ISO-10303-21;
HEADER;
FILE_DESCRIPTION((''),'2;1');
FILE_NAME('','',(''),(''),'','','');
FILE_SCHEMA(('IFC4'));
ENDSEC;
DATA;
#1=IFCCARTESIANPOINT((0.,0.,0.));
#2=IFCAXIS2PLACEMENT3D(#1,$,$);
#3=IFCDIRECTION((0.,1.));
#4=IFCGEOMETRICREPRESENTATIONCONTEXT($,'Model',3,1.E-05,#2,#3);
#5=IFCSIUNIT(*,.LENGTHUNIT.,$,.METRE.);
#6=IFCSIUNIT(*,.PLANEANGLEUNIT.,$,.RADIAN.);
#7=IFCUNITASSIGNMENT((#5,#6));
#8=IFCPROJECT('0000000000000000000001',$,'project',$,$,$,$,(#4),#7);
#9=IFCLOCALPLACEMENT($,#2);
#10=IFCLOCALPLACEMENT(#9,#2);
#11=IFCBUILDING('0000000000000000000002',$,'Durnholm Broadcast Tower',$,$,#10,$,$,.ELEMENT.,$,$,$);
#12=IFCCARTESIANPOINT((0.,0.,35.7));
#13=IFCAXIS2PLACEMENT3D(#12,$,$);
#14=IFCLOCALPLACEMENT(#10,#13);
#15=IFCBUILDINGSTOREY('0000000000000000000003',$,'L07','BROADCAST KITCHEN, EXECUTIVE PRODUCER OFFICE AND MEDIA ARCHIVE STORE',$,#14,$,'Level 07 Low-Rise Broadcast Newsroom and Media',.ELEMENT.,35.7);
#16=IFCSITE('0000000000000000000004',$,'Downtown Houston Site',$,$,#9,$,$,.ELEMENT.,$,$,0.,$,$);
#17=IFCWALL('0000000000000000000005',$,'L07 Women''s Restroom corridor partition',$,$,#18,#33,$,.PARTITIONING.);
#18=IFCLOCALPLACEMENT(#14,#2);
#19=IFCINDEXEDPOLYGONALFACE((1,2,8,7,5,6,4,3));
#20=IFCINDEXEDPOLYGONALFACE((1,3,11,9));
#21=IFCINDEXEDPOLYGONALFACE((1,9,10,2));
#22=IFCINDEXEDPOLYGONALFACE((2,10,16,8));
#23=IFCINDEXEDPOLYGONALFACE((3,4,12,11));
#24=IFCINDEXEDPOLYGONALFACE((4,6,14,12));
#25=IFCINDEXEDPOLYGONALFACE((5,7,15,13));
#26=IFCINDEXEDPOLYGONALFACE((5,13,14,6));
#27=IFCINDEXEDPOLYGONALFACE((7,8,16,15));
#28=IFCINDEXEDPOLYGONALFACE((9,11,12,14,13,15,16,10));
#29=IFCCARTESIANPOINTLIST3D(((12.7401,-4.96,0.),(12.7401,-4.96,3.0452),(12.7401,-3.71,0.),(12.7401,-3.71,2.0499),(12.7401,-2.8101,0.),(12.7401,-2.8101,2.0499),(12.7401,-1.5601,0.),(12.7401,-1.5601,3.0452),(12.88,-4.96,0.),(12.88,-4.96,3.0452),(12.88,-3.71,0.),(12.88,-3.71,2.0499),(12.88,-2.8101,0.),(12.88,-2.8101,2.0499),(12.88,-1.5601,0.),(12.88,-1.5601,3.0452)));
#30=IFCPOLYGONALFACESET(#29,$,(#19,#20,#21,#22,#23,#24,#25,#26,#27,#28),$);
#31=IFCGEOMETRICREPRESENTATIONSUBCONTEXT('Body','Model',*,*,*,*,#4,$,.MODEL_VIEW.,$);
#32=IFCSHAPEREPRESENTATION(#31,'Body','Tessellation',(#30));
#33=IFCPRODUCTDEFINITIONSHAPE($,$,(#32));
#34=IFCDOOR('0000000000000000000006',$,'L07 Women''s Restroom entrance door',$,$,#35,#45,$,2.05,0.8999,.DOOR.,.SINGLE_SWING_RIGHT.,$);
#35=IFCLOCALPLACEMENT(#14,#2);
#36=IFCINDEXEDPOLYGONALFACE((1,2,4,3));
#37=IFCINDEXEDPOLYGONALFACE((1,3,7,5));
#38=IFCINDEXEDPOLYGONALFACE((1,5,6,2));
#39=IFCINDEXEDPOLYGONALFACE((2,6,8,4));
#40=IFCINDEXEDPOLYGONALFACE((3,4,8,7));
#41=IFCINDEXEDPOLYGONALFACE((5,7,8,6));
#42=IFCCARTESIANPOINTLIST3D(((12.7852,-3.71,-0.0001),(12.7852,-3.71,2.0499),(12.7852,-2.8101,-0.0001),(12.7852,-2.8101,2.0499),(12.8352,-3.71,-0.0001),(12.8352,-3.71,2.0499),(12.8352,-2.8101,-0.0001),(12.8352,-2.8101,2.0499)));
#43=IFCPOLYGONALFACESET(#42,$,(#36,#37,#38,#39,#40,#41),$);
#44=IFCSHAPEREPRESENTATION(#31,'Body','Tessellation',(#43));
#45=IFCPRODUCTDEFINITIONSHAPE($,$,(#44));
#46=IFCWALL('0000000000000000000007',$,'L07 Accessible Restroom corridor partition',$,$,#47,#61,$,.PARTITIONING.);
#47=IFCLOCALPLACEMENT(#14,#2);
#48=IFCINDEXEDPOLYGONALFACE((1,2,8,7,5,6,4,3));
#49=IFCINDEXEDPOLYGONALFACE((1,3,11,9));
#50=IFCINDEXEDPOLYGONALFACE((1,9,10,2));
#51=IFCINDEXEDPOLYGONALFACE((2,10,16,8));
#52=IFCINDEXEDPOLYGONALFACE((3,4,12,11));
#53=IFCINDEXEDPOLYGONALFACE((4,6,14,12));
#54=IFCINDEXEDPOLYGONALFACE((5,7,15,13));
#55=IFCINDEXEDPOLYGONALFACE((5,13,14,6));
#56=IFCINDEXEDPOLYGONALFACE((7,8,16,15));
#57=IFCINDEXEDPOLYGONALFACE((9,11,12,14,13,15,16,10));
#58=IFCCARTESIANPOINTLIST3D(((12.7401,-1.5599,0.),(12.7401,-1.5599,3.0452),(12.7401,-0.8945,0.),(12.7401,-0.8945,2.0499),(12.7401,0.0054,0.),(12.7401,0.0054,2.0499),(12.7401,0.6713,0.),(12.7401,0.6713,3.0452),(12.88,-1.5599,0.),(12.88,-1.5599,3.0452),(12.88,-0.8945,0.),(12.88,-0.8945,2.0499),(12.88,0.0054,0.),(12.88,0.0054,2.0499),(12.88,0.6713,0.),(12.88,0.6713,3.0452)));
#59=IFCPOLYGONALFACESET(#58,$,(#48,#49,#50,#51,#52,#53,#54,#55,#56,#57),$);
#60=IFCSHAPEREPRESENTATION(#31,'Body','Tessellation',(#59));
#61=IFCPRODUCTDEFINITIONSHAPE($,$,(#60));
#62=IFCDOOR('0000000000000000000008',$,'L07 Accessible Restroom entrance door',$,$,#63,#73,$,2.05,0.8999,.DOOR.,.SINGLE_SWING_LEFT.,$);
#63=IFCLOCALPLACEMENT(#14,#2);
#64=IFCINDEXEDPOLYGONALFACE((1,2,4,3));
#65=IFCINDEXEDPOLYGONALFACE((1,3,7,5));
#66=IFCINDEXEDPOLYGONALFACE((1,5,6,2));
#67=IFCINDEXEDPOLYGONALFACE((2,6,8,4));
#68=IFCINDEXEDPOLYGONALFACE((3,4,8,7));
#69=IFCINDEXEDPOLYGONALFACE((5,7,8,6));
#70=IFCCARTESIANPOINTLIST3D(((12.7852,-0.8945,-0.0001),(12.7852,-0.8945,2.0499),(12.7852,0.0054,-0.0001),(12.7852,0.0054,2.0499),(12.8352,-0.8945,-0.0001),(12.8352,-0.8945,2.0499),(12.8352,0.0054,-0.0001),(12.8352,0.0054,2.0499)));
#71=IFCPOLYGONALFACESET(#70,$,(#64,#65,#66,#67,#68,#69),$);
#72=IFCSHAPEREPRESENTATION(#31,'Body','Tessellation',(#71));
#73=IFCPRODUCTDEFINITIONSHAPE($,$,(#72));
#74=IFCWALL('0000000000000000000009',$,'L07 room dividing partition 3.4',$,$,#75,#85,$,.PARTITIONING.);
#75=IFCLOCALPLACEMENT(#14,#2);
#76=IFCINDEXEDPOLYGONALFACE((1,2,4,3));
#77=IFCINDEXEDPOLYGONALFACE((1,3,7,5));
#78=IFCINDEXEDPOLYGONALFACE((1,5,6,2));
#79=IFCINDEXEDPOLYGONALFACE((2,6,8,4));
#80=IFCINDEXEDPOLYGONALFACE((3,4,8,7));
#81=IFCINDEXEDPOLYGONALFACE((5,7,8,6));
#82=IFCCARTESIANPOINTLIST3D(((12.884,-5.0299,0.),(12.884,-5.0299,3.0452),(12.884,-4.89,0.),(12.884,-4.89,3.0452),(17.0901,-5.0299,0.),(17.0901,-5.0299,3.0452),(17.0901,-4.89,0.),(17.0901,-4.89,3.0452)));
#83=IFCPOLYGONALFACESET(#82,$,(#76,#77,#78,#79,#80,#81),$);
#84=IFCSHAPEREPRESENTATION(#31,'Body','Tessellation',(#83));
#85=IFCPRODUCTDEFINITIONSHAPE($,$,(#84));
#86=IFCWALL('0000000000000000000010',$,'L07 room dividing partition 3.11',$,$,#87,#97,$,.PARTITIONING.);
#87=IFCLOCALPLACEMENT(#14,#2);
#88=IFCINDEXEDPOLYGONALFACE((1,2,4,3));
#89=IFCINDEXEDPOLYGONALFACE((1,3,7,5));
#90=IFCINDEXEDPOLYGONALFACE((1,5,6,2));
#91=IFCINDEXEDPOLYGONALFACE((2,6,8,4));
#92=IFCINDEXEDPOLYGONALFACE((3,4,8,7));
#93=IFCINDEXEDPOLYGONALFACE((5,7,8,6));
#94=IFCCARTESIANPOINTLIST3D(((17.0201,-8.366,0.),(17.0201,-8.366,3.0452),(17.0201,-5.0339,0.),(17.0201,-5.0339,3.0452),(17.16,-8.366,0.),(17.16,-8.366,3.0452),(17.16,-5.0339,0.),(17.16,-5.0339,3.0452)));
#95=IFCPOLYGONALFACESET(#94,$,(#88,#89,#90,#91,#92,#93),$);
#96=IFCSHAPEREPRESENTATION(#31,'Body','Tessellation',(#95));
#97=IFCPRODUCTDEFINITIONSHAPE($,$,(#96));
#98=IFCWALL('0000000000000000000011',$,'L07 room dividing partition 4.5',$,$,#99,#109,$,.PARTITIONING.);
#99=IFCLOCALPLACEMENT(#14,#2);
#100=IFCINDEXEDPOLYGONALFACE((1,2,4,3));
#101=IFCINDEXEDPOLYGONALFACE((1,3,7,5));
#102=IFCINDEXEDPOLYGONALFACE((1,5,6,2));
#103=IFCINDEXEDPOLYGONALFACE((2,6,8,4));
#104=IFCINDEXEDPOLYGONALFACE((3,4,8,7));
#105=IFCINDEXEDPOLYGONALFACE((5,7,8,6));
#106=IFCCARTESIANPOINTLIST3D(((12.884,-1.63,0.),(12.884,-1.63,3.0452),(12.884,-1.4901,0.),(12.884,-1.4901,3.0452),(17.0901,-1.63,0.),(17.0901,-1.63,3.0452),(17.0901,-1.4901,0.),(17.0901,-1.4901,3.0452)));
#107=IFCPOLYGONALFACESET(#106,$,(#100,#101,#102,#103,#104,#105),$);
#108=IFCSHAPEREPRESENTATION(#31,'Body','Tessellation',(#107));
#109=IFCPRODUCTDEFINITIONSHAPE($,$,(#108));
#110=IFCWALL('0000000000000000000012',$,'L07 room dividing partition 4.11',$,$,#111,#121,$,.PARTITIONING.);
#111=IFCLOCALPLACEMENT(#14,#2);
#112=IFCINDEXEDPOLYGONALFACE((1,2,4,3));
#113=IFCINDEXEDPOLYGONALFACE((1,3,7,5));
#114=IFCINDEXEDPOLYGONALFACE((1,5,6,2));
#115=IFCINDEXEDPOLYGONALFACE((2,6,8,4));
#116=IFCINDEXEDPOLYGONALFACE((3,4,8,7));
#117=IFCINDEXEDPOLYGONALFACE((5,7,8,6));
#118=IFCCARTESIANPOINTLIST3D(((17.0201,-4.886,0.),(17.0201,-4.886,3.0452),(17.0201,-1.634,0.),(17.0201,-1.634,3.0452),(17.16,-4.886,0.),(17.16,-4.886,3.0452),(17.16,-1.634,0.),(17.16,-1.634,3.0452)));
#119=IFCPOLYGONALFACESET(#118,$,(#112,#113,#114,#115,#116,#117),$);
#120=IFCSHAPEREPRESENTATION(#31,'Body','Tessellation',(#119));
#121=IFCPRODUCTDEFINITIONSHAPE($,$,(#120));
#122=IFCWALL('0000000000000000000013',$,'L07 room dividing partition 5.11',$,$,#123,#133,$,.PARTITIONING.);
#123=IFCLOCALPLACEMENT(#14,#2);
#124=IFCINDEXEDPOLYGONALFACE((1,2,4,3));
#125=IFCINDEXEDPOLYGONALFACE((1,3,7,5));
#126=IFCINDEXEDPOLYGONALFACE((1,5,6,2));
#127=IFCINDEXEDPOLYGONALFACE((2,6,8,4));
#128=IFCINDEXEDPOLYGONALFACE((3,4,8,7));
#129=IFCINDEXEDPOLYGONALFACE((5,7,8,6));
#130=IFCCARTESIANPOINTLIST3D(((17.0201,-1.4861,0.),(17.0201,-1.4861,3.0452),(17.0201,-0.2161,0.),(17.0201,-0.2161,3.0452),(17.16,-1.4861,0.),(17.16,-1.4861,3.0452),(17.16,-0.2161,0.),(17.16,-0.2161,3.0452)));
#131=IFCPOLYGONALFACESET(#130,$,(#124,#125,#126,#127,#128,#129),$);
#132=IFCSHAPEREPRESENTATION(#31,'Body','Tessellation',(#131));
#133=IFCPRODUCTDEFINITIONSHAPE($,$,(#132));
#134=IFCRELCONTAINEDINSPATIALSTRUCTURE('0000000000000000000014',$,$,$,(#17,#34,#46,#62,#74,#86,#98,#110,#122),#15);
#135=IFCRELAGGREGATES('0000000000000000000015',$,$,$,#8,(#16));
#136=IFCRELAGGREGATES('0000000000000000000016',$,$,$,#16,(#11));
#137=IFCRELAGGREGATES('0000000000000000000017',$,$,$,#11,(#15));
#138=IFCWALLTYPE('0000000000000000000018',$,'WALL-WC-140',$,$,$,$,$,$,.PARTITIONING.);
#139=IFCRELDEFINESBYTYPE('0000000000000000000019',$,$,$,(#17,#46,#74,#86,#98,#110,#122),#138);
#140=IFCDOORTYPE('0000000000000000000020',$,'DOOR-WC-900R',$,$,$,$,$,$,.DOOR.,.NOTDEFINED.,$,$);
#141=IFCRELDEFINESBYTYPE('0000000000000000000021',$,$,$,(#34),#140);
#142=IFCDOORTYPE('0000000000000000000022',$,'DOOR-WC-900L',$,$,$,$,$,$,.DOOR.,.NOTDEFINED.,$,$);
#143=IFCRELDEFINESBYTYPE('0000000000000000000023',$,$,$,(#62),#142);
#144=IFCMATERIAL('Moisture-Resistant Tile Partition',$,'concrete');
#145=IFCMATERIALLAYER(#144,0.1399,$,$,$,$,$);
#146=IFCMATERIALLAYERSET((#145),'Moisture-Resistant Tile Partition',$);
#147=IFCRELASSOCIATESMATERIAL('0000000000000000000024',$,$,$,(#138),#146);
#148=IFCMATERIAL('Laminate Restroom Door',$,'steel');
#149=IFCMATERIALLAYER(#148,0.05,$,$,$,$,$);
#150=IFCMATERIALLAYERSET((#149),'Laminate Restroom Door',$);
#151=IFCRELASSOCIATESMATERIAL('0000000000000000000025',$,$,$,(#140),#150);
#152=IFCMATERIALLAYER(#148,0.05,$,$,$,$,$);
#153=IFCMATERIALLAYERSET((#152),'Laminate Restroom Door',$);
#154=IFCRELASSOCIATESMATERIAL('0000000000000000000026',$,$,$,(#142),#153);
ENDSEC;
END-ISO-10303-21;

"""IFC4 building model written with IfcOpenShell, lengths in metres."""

from ifc_helpers import new_model, si_unit, direction, frame, frame_2d, origin, place, context, subcontext, project, spatial, rectangle, extrude, source, transform, mapped, material, layer, layer_set, type_object, type_shapes, element, fill, save


model = new_model("IFC4")

# Units and contexts
model_context = context("Model", 3, precision=1e-05, world=origin(), true_north=direction((0.0, 1.0)))
body_context = subcontext(model_context, "Body", "Model", "MODEL_VIEW")
ifc_project = project(units=[si_unit("LENGTHUNIT", "METRE"), si_unit("PLANEANGLEUNIT", "RADIAN")], contexts=[model_context])

# Site, building, storey
site_placement = place(None, origin())
site = spatial("IfcSite", under=ifc_project, at=site_placement, Name="Downtown Houston Site", CompositionType="ELEMENT", RefElevation=0.0)
building_placement = place(site_placement, origin())
building = spatial("IfcBuilding", under=site, at=building_placement, Name="Durnholm Broadcast Tower", CompositionType="ELEMENT")
storey_placement = place(building_placement, frame((0.0, 0.0, 35.7)))
storey = spatial("IfcBuildingStorey", under=building, at=storey_placement, Name="L07", Description="BROADCAST KITCHEN, EXECUTIVE PRODUCER OFFICE AND MEDIA ARCHIVE STORE", LongName="Level 07 Low-Rise Broadcast Newsroom and Media", CompositionType="ELEMENT", Elevation=35.7)

# Walls, openings, doors
ifc_material_1 = material(Name="Moisture-Resistant Tile Partition", Category="concrete")
ifc_layer_1 = layer(ifc_material_1, 0.1399)
ifc_layer_set_1 = layer_set([ifc_layer_1], Name="Moisture-Resistant Tile Partition")
wall_type = type_object("IfcWallType", Name="WALL-WC-140", PredefinedType="PARTITIONING", material=ifc_layer_set_1)
wall_1_placement = place(storey_placement, frame((12.8101, -4.96, 0.0), z_axis=(0.0, 0.0, 1.0), x_axis=(0.0, 1.0, 0.0)))
wall_1 = element("IfcWall", 1, at=wall_1_placement, inside=storey, type_object=wall_type, Name="L07 Women's Restroom corridor partition", PredefinedType="PARTITIONING", context=body_context, shape_type="SweptSolid", body=[
    extrude(rectangle(XDim=3.3999, YDim=0.1399, at=frame_2d((1.7, 0.0))), origin(), (0.0, 0.0, 1.0), 3.0452),
])
opening_1_placement = place(wall_1_placement, frame((1.25, 0.0, 0.0)))
opening_1 = element("IfcOpeningElement", 2, at=opening_1_placement, cuts=wall_1, PredefinedType="OPENING", context=body_context, shape_type="SweptSolid", body=[
    extrude(rectangle(XDim=0.8999, YDim=2.05, at=frame_2d((0.45, 1.0249))), frame((0.0, 0.0801, 0.0), z_axis=(0.0, -1.0, 0.0), x_axis=(1.0, 0.0, 0.0)), (0.0, 0.0, 1.0), 0.1599),
])
ifc_material_2 = material(Name="Laminate Restroom Door", Category="steel")
ifc_layer_2 = layer(ifc_material_2, 0.05)
ifc_layer_set_2 = layer_set([ifc_layer_2], Name="Laminate Restroom Door")
door_type_1 = type_object("IfcDoorType", Name="DOOR-WC-900R", OperationType="NOTDEFINED", PredefinedType="DOOR", material=ifc_layer_set_2)
shared_shape_1 = source(origin(), body_context, "Body", "SweptSolid", [
    extrude(rectangle(XDim=0.8999, YDim=2.05, at=frame_2d((0.45, 1.0249))), frame((0.0, 0.0249, 0.0), z_axis=(0.0, -1.0, 0.0), x_axis=(1.0, 0.0, 0.0)), (0.0, 0.0, 1.0), 0.05),
])
type_shapes(door_type_1, [shared_shape_1])
door_1_placement = place(opening_1_placement, origin())
door_1 = element("IfcDoor", 3, at=door_1_placement, inside=storey, type_object=door_type_1, Name="L07 Women's Restroom entrance door", OperationType="SINGLE_SWING_RIGHT", OverallHeight=2.05, OverallWidth=0.8999, PredefinedType="DOOR", context=body_context, shape_type="MappedRepresentation", body=[
    mapped(shared_shape_1, transform((0.0, 0.0, 0.0), x_axis=(1.0, 0.0, 0.0), y_axis=(0.0, 1.0, 0.0), z_axis=(0.0, 0.0, 1.0), scale=1.0)),
])
fill(opening_1, door_1)
wall_2_placement = place(storey_placement, frame((12.8101, -1.5601, 0.0), z_axis=(0.0, 0.0, 1.0), x_axis=(0.0, 1.0, 0.0)))
wall_2 = element("IfcWall", 4, at=wall_2_placement, inside=storey, type_object=wall_type, Name="L07 Accessible Restroom corridor partition", PredefinedType="PARTITIONING", context=body_context, shape_type="SweptSolid", body=[
    extrude(rectangle(XDim=2.2312, YDim=0.1399, at=frame_2d((1.1157, 0.0))), origin(), (0.0, 0.0, 1.0), 3.0452),
])
opening_2_placement = place(wall_2_placement, frame((0.6655, 0.0, 0.0)))
opening_2 = element("IfcOpeningElement", 5, at=opening_2_placement, cuts=wall_2, PredefinedType="OPENING", context=body_context, shape_type="SweptSolid", body=[
    extrude(rectangle(XDim=0.8999, YDim=2.05, at=frame_2d((0.45, 1.0249))), frame((0.0, 0.0801, 0.0), z_axis=(0.0, -1.0, 0.0), x_axis=(1.0, 0.0, 0.0)), (0.0, 0.0, 1.0), 0.1599),
])
ifc_layer_3 = layer(ifc_material_2, 0.05)
ifc_layer_set_3 = layer_set([ifc_layer_3], Name="Laminate Restroom Door")
door_type_2 = type_object("IfcDoorType", Name="DOOR-WC-900L", OperationType="NOTDEFINED", PredefinedType="DOOR", material=ifc_layer_set_3)
shared_shape_2 = source(origin(), body_context, "Body", "SweptSolid", [
    extrude(rectangle(XDim=0.8999, YDim=2.05, at=frame_2d((0.45, 1.0249))), frame((0.0, 0.0249, 0.0), z_axis=(0.0, -1.0, 0.0), x_axis=(1.0, 0.0, 0.0)), (0.0, 0.0, 1.0), 0.05),
])
type_shapes(door_type_2, [shared_shape_2])
door_2_placement = place(opening_2_placement, origin())
door_2 = element("IfcDoor", 6, at=door_2_placement, inside=storey, type_object=door_type_2, Name="L07 Accessible Restroom entrance door", OperationType="SINGLE_SWING_LEFT", OverallHeight=2.05, OverallWidth=0.8999, PredefinedType="DOOR", context=body_context, shape_type="MappedRepresentation", body=[
    mapped(shared_shape_2, transform((0.0, 0.0, 0.0), x_axis=(1.0, 0.0, 0.0), y_axis=(0.0, 1.0, 0.0), z_axis=(0.0, 0.0, 1.0), scale=1.0)),
])
fill(opening_2, door_2)

# Walls
wall_3_placement = place(storey_placement, frame((12.884, -4.96, 0.0), z_axis=(0.0, 0.0, 1.0), x_axis=(1.0, 0.0, 0.0)))
element("IfcWall", 7, at=wall_3_placement, inside=storey, type_object=wall_type, Name="L07 room dividing partition 3.4", PredefinedType="PARTITIONING", context=body_context, shape_type="SweptSolid", body=[
    extrude(rectangle(XDim=4.2061, YDim=0.1399, at=frame_2d((2.103, 0.0))), origin(), (0.0, 0.0, 1.0), 3.0452),
])
wall_4_placement = place(storey_placement, frame((17.0901, -5.0339, 0.0), z_axis=(0.0, 0.0, 1.0), x_axis=(0.0, -1.0, 0.0)))
element("IfcWall", 8, at=wall_4_placement, inside=storey, type_object=wall_type, Name="L07 room dividing partition 3.11", PredefinedType="PARTITIONING", context=body_context, shape_type="SweptSolid", body=[
    extrude(rectangle(XDim=3.332, YDim=0.1399, at=frame_2d((1.666, 0.0))), origin(), (0.0, 0.0, 1.0), 3.0452),
])
wall_5_placement = place(storey_placement, frame((12.884, -1.5601, 0.0), z_axis=(0.0, 0.0, 1.0), x_axis=(1.0, 0.0, 0.0)))
element("IfcWall", 9, at=wall_5_placement, inside=storey, type_object=wall_type, Name="L07 room dividing partition 4.5", PredefinedType="PARTITIONING", context=body_context, shape_type="SweptSolid", body=[
    extrude(rectangle(XDim=4.2061, YDim=0.1399, at=frame_2d((2.103, 0.0))), origin(), (0.0, 0.0, 1.0), 3.0452),
])
wall_6_placement = place(storey_placement, frame((17.0901, -1.634, 0.0), z_axis=(0.0, 0.0, 1.0), x_axis=(0.0, -1.0, 0.0)))
element("IfcWall", 10, at=wall_6_placement, inside=storey, type_object=wall_type, Name="L07 room dividing partition 4.11", PredefinedType="PARTITIONING", context=body_context, shape_type="SweptSolid", body=[
    extrude(rectangle(XDim=3.252, YDim=0.1399, at=frame_2d((1.626, 0.0))), origin(), (0.0, 0.0, 1.0), 3.0452),
])
wall_7_placement = place(storey_placement, frame((17.0901, -0.2161, 0.0), z_axis=(0.0, 0.0, 1.0), x_axis=(0.0, -1.0, 0.0)))
element("IfcWall", 11, at=wall_7_placement, inside=storey, type_object=wall_type, Name="L07 room dividing partition 5.11", PredefinedType="PARTITIONING", context=body_context, shape_type="SweptSolid", body=[
    extrude(rectangle(XDim=1.27, YDim=0.1399, at=frame_2d((0.635, 0.0))), origin(), (0.0, 0.0, 1.0), 3.0452),
])

save(model, "model.ifc")
